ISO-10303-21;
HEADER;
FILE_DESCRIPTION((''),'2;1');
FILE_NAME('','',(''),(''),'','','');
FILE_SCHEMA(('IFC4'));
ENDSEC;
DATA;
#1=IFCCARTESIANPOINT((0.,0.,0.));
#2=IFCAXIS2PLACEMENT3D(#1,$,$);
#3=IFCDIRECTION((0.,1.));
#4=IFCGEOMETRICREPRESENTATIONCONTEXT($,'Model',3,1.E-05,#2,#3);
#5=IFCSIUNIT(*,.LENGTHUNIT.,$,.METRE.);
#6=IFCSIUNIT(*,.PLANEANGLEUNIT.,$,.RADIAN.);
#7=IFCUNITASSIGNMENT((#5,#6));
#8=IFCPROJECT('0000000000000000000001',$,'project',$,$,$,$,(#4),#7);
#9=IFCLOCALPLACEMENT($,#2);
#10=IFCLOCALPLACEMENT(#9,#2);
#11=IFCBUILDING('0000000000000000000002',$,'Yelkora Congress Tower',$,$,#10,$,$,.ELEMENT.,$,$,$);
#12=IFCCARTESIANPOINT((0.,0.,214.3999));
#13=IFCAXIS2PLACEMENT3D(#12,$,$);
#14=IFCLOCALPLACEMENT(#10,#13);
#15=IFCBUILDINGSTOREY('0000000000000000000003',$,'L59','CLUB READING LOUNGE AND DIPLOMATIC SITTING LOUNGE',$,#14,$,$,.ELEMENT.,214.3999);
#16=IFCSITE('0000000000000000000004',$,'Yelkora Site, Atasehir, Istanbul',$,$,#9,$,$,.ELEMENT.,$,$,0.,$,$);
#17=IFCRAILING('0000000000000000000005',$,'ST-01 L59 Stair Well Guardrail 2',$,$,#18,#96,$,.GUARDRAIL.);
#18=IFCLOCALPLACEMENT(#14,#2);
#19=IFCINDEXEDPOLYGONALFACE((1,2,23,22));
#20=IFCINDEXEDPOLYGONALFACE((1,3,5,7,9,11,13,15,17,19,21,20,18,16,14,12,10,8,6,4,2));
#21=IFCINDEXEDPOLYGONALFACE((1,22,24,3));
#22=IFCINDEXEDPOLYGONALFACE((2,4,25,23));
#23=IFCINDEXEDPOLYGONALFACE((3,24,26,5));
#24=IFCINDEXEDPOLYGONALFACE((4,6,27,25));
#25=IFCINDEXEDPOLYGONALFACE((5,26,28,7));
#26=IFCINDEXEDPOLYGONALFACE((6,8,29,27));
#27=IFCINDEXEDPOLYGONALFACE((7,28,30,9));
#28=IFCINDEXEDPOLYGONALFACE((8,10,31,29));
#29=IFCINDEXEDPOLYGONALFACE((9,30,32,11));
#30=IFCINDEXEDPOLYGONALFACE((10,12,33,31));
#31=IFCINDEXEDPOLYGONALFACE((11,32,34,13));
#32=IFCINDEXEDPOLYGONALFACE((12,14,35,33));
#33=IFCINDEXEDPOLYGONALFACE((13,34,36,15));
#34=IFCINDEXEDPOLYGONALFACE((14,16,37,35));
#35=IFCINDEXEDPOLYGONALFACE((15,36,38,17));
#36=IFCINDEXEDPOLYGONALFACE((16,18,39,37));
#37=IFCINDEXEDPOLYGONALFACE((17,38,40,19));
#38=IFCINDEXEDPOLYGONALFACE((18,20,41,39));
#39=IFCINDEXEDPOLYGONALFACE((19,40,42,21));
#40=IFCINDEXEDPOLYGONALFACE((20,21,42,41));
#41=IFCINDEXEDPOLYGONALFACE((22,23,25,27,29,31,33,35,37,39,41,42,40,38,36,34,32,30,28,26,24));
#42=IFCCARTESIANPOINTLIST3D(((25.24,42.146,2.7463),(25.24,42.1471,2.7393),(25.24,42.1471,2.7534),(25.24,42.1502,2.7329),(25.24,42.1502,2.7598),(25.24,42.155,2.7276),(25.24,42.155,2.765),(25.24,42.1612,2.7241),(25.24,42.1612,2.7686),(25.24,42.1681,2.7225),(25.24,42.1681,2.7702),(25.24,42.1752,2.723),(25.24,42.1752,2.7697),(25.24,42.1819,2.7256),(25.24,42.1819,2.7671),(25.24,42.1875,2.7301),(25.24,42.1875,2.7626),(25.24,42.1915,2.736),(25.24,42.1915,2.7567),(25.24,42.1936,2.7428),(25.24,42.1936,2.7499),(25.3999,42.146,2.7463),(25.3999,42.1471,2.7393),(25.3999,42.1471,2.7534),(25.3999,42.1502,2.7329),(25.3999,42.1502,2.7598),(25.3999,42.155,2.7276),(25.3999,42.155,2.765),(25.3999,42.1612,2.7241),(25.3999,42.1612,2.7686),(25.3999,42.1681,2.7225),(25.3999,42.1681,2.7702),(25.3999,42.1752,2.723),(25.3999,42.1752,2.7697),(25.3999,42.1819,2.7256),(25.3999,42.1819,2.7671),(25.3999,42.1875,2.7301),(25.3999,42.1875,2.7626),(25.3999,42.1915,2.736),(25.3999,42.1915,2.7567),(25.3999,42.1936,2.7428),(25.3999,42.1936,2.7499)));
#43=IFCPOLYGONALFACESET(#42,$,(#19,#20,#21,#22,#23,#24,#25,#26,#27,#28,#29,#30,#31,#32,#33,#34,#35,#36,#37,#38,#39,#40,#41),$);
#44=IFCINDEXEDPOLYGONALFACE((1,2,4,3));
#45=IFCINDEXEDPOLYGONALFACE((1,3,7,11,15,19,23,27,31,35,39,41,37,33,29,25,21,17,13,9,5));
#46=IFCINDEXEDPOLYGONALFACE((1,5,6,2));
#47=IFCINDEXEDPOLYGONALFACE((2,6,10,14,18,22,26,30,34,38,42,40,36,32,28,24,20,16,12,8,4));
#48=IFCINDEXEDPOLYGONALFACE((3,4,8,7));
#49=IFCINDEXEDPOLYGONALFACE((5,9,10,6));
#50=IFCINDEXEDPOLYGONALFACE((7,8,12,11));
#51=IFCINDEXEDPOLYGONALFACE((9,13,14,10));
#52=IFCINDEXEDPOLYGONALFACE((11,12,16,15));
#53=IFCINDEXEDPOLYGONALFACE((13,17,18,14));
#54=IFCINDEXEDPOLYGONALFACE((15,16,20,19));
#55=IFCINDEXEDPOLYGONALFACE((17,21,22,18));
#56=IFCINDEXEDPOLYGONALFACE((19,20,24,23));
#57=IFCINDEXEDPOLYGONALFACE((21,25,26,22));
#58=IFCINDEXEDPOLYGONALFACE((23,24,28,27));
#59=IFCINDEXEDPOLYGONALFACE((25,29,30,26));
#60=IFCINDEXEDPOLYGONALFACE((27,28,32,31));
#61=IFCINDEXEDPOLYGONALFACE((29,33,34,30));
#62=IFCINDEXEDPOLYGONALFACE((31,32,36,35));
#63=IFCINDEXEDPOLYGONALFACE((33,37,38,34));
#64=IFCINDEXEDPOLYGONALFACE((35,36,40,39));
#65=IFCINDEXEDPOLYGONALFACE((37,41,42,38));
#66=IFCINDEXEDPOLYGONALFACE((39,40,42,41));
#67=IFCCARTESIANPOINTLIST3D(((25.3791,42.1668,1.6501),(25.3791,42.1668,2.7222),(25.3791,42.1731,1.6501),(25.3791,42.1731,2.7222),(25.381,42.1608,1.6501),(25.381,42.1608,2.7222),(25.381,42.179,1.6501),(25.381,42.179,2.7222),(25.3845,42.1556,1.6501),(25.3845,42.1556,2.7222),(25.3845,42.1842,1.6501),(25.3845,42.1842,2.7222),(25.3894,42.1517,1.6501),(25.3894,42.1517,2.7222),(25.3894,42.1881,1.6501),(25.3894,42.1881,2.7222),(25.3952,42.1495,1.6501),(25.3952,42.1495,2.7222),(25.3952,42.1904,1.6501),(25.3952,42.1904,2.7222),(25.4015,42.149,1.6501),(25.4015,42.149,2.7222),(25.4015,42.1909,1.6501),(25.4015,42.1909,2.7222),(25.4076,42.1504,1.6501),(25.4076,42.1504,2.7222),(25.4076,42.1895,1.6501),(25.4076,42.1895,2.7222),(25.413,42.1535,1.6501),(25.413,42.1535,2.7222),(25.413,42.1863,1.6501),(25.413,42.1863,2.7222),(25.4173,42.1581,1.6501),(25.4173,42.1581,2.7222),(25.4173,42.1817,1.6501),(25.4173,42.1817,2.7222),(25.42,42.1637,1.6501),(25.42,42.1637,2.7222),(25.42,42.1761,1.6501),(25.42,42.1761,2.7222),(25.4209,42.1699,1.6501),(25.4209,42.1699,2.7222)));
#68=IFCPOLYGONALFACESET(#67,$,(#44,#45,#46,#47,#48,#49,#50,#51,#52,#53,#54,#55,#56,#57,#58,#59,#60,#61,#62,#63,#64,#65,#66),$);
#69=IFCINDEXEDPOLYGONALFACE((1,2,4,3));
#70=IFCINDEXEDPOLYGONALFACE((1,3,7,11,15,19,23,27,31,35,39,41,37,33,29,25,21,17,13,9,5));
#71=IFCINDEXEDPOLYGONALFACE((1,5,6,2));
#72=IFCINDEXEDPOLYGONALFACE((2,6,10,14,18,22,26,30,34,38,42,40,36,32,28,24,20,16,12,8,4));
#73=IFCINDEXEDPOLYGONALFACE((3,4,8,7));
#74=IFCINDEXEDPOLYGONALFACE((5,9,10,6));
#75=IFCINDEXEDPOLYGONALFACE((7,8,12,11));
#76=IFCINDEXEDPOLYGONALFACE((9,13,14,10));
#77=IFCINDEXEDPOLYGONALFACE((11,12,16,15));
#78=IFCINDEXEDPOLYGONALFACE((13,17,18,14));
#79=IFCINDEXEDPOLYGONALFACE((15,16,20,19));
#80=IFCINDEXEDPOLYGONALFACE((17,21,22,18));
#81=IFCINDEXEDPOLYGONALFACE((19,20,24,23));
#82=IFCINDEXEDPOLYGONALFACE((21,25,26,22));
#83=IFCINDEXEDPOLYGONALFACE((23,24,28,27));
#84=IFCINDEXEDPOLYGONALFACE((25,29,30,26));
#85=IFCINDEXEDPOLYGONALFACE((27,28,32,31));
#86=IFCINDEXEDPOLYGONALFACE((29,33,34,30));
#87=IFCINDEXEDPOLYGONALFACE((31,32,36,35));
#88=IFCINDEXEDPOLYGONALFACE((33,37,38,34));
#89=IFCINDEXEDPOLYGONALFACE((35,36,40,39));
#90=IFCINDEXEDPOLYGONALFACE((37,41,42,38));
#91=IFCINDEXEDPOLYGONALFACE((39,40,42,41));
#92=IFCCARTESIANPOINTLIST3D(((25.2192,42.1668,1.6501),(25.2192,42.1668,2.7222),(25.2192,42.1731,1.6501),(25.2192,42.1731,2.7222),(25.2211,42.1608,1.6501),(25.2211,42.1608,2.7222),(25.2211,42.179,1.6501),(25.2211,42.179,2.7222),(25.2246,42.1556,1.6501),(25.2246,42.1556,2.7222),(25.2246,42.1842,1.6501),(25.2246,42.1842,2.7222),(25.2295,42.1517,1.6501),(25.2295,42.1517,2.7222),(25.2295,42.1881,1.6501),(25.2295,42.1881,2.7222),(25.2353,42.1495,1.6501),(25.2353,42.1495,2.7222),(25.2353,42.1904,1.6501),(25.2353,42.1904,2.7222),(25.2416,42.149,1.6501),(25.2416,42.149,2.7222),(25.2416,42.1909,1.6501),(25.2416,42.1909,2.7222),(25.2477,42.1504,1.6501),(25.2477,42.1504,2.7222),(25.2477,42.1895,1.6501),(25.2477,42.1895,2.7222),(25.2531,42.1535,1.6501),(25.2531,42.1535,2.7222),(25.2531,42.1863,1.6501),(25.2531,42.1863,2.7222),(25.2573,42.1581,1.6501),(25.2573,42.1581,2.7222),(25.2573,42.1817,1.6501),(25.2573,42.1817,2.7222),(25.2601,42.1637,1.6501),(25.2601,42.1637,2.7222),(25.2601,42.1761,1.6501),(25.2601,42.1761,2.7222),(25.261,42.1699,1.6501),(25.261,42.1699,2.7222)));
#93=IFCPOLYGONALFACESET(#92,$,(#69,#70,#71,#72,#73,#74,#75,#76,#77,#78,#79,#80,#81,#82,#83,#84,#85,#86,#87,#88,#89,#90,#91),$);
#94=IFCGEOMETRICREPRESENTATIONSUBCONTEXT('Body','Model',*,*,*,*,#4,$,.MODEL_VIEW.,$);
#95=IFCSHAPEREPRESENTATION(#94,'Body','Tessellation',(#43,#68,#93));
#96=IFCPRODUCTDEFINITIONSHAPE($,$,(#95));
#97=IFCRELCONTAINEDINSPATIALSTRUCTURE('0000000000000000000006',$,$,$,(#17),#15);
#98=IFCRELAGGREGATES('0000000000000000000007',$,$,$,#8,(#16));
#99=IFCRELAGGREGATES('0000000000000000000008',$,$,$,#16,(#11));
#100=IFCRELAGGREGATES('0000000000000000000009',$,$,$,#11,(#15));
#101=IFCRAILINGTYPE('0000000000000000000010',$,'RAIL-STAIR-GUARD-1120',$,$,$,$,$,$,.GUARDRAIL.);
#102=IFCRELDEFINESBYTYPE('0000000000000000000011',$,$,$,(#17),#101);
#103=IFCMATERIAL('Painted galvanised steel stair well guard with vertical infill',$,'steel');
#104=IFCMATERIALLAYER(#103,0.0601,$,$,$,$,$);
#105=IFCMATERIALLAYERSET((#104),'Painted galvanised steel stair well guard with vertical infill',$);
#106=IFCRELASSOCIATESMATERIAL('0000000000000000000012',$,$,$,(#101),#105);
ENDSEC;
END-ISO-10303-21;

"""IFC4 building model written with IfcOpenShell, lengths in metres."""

from ifc_helpers import new_model, si_unit, direction, frame, origin, origin_2d, place, context, subcontext, project, spatial, circle, extrude, material, layer, layer_set, type_object, element, save


model = new_model("IFC4")

# Units and contexts
model_context = context("Model", 3, precision=1e-05, world=origin(), true_north=direction((0.0, 1.0)))
body_context = subcontext(model_context, "Body", "Model", "MODEL_VIEW")
ifc_project = project(units=[si_unit("LENGTHUNIT", "METRE"), si_unit("PLANEANGLEUNIT", "RADIAN")], contexts=[model_context])

# Site, building, storey
site_placement = place(None, origin())
site = spatial("IfcSite", under=ifc_project, at=site_placement, Name="Yelkora Site, Atasehir, Istanbul", CompositionType="ELEMENT", RefElevation=0.0)
building_placement = place(site_placement, origin())
building = spatial("IfcBuilding", under=site, at=building_placement, Name="Yelkora Congress Tower", CompositionType="ELEMENT")
storey_placement = place(building_placement, frame((0.0, 0.0, 214.3999)))
storey = spatial("IfcBuildingStorey", under=building, at=storey_placement, Name="L59", Description="CLUB READING LOUNGE AND DIPLOMATIC SITTING LOUNGE", CompositionType="ELEMENT", Elevation=214.3999)

# Railing
ifc_material_1 = material(Name="Painted galvanised steel stair well guard with vertical infill", Category="steel")
ifc_layer_1 = layer(ifc_material_1, 0.0601)
ifc_layer_set_1 = layer_set([ifc_layer_1], Name="Painted galvanised steel stair well guard with vertical infill")
railing_type_1 = type_object("IfcRailingType", Name="RAIL-STAIR-GUARD-1120", PredefinedType="GUARDRAIL", material=ifc_layer_set_1)
railing_1_placement = place(storey_placement, frame((25.3999, 42.1699, 1.6501)))
element("IfcRailing", 1, at=railing_1_placement, inside=storey, type_object=railing_type_1, Name="ST-01 L59 Stair Well Guardrail 2", PredefinedType="GUARDRAIL", context=body_context, shape_type="SweptSolid", body=[
    extrude(circle(Radius=0.0239, at=origin_2d()), frame((0.0, 0.0, 1.0962), z_axis=(-1.0, 0.0, 0.0), x_axis=(0.0, -1.0, 0.0)), (0.0, 0.0, 1.0), 0.1599),
    extrude(circle(Radius=0.021, at=origin_2d()), origin(), (0.0, 0.0, 1.0), 1.072),
    extrude(circle(Radius=0.021, at=origin_2d()), frame((-0.1599, 0.0, 0.0)), (0.0, 0.0, 1.0), 1.072),
])

save(model, "model.ifc")
